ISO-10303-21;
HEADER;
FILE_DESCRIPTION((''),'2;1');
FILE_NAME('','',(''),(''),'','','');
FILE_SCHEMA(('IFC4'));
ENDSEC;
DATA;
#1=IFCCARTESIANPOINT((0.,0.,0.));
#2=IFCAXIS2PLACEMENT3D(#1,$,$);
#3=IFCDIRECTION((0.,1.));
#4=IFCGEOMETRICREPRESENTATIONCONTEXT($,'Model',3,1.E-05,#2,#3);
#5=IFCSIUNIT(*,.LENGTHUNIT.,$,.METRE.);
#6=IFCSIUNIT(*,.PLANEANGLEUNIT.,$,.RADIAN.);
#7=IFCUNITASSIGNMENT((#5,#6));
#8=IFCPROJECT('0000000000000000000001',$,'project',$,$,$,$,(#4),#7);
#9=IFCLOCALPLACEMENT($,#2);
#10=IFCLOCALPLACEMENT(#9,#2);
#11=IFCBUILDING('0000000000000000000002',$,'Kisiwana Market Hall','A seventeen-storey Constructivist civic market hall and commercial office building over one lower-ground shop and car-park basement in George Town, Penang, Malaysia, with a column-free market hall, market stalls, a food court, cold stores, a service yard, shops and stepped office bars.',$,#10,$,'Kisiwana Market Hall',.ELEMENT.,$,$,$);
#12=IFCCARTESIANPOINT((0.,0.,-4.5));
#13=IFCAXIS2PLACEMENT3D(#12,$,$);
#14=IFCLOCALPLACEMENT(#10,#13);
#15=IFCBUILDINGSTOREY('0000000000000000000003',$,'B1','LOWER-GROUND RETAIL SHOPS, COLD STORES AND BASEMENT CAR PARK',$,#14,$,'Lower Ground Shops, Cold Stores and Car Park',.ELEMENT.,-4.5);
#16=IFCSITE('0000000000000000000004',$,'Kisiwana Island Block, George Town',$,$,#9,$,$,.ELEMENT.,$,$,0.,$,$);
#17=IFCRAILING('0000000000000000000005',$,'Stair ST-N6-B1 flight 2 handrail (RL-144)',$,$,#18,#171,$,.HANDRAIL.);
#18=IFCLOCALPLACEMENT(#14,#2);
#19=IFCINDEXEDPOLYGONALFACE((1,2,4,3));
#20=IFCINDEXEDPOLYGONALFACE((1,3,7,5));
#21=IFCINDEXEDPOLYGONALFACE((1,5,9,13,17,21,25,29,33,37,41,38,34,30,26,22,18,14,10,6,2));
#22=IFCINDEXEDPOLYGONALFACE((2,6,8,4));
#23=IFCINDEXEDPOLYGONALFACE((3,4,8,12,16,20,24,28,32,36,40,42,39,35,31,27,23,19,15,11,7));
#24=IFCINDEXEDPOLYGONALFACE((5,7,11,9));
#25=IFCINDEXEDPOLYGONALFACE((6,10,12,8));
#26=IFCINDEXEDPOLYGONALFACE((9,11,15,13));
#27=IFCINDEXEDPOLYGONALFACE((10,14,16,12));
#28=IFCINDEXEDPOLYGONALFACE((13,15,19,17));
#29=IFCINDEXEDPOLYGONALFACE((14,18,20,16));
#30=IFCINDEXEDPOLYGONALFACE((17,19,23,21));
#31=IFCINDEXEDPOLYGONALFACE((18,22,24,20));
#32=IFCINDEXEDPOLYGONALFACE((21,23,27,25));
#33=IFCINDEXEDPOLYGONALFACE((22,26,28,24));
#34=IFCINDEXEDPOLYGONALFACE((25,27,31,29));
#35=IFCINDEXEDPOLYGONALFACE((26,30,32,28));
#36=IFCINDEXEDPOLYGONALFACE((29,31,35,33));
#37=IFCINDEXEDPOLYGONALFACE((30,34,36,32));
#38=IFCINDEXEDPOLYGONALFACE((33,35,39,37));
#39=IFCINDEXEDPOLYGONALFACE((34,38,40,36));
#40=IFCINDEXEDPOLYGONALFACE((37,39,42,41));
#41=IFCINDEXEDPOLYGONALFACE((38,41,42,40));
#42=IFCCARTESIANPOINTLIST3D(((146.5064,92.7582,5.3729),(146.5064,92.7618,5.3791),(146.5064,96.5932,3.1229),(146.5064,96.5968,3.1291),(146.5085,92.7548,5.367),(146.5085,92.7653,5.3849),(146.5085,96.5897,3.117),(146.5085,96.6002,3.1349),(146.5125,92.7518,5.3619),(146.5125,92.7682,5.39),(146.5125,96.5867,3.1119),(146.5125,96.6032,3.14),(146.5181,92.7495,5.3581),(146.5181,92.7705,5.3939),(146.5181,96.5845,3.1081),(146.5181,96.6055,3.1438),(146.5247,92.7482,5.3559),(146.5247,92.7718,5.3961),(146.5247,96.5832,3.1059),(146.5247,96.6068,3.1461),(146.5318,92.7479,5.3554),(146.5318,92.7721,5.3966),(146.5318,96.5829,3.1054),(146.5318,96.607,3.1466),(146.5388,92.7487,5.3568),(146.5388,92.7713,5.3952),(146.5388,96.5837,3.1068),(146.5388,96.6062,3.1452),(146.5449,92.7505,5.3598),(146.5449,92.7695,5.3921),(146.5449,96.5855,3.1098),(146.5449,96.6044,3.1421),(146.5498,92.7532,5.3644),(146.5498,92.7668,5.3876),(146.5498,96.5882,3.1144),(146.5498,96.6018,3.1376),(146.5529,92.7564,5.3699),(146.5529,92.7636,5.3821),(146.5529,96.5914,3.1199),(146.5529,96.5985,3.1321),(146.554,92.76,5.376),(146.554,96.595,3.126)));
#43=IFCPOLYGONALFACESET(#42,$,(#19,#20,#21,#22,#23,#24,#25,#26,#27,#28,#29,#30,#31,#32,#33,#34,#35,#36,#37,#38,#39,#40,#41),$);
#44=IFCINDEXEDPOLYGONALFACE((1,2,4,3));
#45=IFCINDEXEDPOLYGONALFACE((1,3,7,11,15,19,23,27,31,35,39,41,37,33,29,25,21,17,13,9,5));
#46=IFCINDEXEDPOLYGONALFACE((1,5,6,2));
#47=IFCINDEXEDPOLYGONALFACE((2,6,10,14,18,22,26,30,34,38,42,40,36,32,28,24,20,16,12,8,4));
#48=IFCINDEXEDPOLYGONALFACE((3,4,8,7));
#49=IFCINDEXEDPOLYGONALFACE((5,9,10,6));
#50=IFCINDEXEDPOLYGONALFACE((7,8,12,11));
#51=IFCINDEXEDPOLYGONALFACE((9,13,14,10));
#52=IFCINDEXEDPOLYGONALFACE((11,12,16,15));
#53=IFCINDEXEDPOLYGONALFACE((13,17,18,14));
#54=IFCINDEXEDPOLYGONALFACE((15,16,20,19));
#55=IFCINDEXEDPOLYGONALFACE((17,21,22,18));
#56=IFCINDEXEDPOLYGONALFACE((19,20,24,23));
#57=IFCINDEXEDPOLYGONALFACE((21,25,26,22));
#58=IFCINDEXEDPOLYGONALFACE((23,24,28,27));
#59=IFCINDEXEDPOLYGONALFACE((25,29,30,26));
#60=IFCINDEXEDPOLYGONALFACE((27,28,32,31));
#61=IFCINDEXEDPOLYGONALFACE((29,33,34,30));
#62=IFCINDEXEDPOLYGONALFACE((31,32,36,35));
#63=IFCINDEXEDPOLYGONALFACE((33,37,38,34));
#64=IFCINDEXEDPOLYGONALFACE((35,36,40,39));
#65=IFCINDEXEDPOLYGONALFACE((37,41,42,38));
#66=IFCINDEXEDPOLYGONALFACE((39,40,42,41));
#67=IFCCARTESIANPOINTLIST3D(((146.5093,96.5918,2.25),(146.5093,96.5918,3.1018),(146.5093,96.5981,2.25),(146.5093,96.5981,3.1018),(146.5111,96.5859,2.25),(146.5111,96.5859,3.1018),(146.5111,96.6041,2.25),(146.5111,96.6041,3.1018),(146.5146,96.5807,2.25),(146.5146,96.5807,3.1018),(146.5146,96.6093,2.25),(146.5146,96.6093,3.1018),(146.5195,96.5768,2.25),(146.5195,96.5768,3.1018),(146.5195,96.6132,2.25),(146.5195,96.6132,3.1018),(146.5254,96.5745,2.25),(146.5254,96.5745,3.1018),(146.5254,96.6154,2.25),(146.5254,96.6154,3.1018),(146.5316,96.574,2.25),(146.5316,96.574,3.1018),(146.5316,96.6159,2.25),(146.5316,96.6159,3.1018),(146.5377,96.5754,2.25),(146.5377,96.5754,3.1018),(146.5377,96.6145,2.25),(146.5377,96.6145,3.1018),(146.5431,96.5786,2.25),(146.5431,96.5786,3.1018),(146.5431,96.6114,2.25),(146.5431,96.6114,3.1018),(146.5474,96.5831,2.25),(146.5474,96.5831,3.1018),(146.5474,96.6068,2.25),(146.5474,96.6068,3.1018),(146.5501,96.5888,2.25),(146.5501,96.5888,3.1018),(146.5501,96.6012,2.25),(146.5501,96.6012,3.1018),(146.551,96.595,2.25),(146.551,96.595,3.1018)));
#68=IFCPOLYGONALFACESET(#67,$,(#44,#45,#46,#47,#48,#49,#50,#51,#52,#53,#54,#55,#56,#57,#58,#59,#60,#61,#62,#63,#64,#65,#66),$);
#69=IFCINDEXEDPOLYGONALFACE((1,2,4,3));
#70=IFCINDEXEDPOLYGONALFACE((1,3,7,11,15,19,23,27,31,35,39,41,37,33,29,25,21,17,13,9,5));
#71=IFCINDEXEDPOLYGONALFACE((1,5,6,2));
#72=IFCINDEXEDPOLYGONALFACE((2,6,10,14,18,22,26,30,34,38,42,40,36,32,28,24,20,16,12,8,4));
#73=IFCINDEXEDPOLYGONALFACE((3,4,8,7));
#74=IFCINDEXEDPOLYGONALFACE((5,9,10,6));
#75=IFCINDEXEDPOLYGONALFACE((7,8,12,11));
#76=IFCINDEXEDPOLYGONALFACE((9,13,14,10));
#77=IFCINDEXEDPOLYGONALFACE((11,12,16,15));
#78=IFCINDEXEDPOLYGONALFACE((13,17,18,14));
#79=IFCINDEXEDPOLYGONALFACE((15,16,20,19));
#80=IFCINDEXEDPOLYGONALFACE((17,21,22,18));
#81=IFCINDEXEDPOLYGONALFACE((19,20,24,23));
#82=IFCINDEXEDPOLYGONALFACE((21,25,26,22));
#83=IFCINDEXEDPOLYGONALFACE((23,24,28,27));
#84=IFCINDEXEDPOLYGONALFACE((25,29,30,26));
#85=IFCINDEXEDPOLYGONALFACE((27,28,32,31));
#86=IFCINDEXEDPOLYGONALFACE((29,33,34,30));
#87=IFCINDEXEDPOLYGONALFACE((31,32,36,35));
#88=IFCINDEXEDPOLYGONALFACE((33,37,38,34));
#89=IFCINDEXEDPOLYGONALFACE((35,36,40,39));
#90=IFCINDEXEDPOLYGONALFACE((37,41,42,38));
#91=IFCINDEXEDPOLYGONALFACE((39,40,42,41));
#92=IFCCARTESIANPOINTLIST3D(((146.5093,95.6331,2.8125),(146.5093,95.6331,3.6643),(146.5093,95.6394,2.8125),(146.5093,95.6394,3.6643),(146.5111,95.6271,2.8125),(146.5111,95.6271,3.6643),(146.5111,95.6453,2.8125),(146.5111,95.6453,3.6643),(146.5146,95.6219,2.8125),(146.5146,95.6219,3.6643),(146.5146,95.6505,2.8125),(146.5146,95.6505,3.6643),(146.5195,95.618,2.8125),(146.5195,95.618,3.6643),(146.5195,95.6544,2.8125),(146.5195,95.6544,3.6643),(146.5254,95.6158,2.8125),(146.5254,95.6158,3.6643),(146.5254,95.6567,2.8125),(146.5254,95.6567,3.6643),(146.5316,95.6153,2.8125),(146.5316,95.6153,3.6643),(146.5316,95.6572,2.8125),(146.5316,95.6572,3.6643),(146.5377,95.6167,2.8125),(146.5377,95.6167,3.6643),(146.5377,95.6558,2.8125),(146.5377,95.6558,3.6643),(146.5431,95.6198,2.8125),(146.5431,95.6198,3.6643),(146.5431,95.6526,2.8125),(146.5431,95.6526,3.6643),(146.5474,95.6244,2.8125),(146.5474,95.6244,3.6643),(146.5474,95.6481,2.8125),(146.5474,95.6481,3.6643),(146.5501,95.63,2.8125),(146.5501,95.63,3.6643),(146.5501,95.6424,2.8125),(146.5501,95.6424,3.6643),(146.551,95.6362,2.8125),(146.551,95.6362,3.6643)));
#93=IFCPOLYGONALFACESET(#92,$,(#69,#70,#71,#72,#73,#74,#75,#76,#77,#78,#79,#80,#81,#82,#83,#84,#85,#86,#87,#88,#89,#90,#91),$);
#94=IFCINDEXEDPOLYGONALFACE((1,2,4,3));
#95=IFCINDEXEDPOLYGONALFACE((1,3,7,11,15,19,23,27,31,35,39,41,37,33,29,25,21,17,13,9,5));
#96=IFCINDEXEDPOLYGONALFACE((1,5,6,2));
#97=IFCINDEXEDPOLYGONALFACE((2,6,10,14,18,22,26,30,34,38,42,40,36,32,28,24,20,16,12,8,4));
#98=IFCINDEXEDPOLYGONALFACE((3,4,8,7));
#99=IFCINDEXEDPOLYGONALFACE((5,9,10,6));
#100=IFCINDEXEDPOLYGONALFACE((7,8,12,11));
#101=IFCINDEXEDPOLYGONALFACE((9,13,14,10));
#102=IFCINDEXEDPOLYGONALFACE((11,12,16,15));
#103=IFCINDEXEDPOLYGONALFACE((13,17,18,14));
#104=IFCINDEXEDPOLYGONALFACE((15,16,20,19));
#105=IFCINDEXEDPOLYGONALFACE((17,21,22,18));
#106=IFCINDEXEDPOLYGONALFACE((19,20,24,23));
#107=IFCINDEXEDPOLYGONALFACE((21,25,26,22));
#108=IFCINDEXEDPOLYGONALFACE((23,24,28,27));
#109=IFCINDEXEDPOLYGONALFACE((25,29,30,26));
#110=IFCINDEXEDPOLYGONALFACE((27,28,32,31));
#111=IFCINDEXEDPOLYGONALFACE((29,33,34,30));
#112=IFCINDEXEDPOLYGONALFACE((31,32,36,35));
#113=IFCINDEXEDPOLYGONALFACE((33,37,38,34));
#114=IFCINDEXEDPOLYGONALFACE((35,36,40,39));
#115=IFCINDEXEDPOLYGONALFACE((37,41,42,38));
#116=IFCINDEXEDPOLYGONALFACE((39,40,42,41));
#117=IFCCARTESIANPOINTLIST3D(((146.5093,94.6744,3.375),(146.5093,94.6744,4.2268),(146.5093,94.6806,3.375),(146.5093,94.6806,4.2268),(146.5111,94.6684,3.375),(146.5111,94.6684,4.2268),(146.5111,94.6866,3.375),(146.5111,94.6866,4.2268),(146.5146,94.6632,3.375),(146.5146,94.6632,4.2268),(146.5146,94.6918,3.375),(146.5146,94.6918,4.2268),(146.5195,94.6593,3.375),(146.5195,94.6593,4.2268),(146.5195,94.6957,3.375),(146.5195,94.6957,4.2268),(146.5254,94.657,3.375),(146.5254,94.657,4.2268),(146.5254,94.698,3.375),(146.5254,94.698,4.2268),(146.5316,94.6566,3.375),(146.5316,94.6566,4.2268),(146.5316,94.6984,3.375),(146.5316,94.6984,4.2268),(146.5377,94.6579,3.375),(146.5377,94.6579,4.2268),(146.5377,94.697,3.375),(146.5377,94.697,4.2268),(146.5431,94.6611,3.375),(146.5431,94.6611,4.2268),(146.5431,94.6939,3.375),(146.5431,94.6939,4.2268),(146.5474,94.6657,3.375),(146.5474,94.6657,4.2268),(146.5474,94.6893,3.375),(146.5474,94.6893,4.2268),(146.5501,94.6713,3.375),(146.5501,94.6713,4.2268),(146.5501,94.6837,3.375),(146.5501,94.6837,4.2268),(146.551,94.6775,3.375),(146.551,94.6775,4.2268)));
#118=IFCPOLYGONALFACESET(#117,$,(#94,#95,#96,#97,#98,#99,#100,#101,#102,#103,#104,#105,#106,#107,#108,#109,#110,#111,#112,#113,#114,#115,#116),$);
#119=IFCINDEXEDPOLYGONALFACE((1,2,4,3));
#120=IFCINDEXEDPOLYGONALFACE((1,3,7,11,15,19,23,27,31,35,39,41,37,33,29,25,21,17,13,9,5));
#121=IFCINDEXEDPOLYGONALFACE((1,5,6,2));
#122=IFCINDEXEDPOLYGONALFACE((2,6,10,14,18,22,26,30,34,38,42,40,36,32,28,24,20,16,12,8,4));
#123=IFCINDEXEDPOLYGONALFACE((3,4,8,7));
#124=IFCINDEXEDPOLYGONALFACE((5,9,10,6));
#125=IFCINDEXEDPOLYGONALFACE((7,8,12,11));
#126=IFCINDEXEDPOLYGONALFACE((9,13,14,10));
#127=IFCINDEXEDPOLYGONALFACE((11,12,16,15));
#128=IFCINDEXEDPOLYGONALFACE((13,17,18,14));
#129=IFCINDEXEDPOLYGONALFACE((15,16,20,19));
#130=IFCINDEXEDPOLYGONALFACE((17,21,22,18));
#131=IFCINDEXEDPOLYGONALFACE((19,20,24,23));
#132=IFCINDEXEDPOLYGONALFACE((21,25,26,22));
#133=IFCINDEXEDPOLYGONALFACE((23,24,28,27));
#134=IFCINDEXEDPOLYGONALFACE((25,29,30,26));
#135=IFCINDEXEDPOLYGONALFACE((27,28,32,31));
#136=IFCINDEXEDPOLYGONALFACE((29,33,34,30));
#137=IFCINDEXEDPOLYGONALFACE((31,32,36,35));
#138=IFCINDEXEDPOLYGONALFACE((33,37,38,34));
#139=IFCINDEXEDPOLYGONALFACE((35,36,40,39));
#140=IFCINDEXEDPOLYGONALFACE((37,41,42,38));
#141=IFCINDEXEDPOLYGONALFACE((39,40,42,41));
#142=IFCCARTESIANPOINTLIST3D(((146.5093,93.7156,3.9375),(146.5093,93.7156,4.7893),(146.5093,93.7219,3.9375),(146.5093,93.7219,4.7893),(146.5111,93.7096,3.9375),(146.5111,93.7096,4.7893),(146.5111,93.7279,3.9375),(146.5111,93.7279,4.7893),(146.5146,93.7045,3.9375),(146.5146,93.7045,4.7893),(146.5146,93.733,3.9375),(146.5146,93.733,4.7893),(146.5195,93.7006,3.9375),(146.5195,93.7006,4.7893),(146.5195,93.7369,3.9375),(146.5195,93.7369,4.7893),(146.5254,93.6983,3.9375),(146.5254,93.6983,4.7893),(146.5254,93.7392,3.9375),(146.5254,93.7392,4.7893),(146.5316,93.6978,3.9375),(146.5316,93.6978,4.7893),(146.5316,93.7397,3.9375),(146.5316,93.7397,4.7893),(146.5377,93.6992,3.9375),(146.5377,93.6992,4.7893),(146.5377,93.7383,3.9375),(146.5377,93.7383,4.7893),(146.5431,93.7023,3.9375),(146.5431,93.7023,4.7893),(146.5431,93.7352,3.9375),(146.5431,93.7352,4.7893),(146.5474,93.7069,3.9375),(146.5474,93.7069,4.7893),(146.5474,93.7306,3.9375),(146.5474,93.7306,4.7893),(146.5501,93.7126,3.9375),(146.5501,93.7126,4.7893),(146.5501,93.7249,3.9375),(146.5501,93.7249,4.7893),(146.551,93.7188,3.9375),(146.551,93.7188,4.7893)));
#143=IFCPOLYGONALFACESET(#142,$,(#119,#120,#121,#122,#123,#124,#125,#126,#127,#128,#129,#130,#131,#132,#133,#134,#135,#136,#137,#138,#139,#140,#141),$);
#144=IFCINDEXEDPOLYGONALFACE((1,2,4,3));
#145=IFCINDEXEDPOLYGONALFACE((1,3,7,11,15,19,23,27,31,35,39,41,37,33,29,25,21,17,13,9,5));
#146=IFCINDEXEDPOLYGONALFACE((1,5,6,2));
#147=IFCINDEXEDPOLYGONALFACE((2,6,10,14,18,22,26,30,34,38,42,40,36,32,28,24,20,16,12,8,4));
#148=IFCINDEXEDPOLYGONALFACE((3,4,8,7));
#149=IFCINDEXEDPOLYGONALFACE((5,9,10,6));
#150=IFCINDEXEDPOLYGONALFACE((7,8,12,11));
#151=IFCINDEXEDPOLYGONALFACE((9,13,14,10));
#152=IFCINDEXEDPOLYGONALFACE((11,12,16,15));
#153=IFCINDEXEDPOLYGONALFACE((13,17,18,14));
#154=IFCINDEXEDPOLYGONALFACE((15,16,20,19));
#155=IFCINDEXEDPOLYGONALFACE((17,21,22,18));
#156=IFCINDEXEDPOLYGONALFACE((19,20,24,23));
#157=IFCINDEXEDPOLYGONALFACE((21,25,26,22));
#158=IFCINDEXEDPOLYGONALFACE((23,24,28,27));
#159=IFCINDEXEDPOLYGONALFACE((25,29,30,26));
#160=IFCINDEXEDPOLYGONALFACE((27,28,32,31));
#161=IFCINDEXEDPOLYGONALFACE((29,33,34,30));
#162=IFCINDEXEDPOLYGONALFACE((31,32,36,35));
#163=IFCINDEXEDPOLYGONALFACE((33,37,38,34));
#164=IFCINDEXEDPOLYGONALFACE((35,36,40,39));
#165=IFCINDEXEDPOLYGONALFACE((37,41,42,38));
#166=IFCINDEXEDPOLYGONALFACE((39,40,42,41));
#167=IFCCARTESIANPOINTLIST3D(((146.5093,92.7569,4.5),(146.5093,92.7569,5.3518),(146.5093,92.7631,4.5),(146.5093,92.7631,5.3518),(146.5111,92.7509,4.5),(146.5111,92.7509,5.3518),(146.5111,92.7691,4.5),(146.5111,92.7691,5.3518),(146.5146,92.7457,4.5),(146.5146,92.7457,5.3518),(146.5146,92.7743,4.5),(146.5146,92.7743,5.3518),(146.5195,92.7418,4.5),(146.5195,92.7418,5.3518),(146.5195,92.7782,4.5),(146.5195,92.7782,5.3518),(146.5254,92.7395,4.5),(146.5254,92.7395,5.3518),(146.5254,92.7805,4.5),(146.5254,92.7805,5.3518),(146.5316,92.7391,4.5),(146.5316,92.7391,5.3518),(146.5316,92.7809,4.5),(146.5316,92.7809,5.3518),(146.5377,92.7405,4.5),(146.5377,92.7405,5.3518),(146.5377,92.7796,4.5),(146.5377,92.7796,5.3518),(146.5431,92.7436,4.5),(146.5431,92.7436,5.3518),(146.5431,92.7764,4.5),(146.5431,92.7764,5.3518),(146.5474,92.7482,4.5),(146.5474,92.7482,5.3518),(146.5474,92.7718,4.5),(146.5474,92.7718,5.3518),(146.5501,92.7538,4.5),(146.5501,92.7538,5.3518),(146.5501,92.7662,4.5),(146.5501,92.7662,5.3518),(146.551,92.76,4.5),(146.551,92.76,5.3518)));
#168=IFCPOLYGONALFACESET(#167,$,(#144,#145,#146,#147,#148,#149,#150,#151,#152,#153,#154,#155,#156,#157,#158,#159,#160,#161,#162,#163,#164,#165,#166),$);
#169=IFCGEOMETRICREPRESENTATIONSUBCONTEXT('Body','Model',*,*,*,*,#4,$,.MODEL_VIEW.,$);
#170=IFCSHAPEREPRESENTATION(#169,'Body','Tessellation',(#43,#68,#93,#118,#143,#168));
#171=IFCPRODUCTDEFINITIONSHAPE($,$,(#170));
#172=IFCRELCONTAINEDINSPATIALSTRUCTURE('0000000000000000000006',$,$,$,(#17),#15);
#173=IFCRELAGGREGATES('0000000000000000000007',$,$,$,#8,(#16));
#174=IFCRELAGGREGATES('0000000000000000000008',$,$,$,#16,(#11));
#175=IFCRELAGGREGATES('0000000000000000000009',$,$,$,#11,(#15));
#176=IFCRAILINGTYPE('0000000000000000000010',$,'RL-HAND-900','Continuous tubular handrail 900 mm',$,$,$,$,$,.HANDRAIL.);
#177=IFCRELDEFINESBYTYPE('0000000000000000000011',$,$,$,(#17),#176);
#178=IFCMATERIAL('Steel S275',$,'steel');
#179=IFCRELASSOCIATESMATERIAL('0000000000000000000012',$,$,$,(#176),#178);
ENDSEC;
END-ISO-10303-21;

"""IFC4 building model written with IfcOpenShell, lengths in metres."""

from ifc_helpers import new_model, si_unit, direction, frame, origin, origin_2d, place, context, subcontext, project, spatial, circle, extrude, material, type_object, element, save


model = new_model("IFC4")

# Units and contexts
model_context = context("Model", 3, precision=1e-05, world=origin(), true_north=direction((0.0, 1.0)))
body_context = subcontext(model_context, "Body", "Model", "MODEL_VIEW")
ifc_project = project(units=[si_unit("LENGTHUNIT", "METRE"), si_unit("PLANEANGLEUNIT", "RADIAN")], contexts=[model_context])

# Site, building, storey
site_placement = place(None, origin())
site = spatial("IfcSite", under=ifc_project, at=site_placement, Name="Kisiwana Island Block, George Town", CompositionType="ELEMENT", RefElevation=0.0)
building_placement = place(site_placement, origin())
building = spatial("IfcBuilding", under=site, at=building_placement, Name="Kisiwana Market Hall", Description="A seventeen-storey Constructivist civic market hall and commercial office building over one lower-ground shop and car-park basement in George Town, Penang, Malaysia, with a column-free market hall, market stalls, a food court, cold stores, a service yard, shops and stepped office bars.", LongName="Kisiwana Market Hall", CompositionType="ELEMENT")
storey_placement = place(building_placement, frame((0.0, 0.0, -4.5)))
storey = spatial("IfcBuildingStorey", under=building, at=storey_placement, Name="B1", Description="LOWER-GROUND RETAIL SHOPS, COLD STORES AND BASEMENT CAR PARK", LongName="Lower Ground Shops, Cold Stores and Car Park", CompositionType="ELEMENT", Elevation=-4.5)

# Railing
ifc_material_1 = material(Name="Steel S275", Category="steel")
railing_type_1 = type_object("IfcRailingType", Name="RL-HAND-900", Description="Continuous tubular handrail 900 mm", PredefinedType="HANDRAIL", material=ifc_material_1)
railing_1_placement = place(storey_placement, frame((146.53, 96.595, 2.25)))
element("IfcRailing", 1, at=railing_1_placement, inside=storey, type_object=railing_type_1, Name="Stair ST-N6-B1 flight 2 handrail (RL-144)", PredefinedType="HANDRAIL", context=body_context, shape_type="SweptSolid", body=[
    extrude(circle(Radius=0.0239, at=origin_2d()), frame((0.0, 0.0, 0.876), z_axis=(0.0, -0.86251, 0.506041), x_axis=(1.0, 0.0, 0.0)), (0.0, 0.0, 1.0), 4.4463),
    extrude(circle(Radius=0.021, at=origin_2d()), origin(), (0.0, 0.0, 1.0), 0.8518),
    extrude(circle(Radius=0.021, at=origin_2d()), frame((0.0, -0.9587, 0.5625)), (0.0, 0.0, 1.0), 0.8518),
    extrude(circle(Radius=0.021, at=origin_2d()), frame((0.0, -1.9175, 1.125)), (0.0, 0.0, 1.0), 0.8518),
    extrude(circle(Radius=0.021, at=origin_2d()), frame((0.0, -2.8762, 1.6875)), (0.0, 0.0, 1.0), 0.8518),
    extrude(circle(Radius=0.021, at=origin_2d()), frame((0.0, -3.835, 2.25)), (0.0, 0.0, 1.0), 0.8518),
])

save(model, "model.ifc")
